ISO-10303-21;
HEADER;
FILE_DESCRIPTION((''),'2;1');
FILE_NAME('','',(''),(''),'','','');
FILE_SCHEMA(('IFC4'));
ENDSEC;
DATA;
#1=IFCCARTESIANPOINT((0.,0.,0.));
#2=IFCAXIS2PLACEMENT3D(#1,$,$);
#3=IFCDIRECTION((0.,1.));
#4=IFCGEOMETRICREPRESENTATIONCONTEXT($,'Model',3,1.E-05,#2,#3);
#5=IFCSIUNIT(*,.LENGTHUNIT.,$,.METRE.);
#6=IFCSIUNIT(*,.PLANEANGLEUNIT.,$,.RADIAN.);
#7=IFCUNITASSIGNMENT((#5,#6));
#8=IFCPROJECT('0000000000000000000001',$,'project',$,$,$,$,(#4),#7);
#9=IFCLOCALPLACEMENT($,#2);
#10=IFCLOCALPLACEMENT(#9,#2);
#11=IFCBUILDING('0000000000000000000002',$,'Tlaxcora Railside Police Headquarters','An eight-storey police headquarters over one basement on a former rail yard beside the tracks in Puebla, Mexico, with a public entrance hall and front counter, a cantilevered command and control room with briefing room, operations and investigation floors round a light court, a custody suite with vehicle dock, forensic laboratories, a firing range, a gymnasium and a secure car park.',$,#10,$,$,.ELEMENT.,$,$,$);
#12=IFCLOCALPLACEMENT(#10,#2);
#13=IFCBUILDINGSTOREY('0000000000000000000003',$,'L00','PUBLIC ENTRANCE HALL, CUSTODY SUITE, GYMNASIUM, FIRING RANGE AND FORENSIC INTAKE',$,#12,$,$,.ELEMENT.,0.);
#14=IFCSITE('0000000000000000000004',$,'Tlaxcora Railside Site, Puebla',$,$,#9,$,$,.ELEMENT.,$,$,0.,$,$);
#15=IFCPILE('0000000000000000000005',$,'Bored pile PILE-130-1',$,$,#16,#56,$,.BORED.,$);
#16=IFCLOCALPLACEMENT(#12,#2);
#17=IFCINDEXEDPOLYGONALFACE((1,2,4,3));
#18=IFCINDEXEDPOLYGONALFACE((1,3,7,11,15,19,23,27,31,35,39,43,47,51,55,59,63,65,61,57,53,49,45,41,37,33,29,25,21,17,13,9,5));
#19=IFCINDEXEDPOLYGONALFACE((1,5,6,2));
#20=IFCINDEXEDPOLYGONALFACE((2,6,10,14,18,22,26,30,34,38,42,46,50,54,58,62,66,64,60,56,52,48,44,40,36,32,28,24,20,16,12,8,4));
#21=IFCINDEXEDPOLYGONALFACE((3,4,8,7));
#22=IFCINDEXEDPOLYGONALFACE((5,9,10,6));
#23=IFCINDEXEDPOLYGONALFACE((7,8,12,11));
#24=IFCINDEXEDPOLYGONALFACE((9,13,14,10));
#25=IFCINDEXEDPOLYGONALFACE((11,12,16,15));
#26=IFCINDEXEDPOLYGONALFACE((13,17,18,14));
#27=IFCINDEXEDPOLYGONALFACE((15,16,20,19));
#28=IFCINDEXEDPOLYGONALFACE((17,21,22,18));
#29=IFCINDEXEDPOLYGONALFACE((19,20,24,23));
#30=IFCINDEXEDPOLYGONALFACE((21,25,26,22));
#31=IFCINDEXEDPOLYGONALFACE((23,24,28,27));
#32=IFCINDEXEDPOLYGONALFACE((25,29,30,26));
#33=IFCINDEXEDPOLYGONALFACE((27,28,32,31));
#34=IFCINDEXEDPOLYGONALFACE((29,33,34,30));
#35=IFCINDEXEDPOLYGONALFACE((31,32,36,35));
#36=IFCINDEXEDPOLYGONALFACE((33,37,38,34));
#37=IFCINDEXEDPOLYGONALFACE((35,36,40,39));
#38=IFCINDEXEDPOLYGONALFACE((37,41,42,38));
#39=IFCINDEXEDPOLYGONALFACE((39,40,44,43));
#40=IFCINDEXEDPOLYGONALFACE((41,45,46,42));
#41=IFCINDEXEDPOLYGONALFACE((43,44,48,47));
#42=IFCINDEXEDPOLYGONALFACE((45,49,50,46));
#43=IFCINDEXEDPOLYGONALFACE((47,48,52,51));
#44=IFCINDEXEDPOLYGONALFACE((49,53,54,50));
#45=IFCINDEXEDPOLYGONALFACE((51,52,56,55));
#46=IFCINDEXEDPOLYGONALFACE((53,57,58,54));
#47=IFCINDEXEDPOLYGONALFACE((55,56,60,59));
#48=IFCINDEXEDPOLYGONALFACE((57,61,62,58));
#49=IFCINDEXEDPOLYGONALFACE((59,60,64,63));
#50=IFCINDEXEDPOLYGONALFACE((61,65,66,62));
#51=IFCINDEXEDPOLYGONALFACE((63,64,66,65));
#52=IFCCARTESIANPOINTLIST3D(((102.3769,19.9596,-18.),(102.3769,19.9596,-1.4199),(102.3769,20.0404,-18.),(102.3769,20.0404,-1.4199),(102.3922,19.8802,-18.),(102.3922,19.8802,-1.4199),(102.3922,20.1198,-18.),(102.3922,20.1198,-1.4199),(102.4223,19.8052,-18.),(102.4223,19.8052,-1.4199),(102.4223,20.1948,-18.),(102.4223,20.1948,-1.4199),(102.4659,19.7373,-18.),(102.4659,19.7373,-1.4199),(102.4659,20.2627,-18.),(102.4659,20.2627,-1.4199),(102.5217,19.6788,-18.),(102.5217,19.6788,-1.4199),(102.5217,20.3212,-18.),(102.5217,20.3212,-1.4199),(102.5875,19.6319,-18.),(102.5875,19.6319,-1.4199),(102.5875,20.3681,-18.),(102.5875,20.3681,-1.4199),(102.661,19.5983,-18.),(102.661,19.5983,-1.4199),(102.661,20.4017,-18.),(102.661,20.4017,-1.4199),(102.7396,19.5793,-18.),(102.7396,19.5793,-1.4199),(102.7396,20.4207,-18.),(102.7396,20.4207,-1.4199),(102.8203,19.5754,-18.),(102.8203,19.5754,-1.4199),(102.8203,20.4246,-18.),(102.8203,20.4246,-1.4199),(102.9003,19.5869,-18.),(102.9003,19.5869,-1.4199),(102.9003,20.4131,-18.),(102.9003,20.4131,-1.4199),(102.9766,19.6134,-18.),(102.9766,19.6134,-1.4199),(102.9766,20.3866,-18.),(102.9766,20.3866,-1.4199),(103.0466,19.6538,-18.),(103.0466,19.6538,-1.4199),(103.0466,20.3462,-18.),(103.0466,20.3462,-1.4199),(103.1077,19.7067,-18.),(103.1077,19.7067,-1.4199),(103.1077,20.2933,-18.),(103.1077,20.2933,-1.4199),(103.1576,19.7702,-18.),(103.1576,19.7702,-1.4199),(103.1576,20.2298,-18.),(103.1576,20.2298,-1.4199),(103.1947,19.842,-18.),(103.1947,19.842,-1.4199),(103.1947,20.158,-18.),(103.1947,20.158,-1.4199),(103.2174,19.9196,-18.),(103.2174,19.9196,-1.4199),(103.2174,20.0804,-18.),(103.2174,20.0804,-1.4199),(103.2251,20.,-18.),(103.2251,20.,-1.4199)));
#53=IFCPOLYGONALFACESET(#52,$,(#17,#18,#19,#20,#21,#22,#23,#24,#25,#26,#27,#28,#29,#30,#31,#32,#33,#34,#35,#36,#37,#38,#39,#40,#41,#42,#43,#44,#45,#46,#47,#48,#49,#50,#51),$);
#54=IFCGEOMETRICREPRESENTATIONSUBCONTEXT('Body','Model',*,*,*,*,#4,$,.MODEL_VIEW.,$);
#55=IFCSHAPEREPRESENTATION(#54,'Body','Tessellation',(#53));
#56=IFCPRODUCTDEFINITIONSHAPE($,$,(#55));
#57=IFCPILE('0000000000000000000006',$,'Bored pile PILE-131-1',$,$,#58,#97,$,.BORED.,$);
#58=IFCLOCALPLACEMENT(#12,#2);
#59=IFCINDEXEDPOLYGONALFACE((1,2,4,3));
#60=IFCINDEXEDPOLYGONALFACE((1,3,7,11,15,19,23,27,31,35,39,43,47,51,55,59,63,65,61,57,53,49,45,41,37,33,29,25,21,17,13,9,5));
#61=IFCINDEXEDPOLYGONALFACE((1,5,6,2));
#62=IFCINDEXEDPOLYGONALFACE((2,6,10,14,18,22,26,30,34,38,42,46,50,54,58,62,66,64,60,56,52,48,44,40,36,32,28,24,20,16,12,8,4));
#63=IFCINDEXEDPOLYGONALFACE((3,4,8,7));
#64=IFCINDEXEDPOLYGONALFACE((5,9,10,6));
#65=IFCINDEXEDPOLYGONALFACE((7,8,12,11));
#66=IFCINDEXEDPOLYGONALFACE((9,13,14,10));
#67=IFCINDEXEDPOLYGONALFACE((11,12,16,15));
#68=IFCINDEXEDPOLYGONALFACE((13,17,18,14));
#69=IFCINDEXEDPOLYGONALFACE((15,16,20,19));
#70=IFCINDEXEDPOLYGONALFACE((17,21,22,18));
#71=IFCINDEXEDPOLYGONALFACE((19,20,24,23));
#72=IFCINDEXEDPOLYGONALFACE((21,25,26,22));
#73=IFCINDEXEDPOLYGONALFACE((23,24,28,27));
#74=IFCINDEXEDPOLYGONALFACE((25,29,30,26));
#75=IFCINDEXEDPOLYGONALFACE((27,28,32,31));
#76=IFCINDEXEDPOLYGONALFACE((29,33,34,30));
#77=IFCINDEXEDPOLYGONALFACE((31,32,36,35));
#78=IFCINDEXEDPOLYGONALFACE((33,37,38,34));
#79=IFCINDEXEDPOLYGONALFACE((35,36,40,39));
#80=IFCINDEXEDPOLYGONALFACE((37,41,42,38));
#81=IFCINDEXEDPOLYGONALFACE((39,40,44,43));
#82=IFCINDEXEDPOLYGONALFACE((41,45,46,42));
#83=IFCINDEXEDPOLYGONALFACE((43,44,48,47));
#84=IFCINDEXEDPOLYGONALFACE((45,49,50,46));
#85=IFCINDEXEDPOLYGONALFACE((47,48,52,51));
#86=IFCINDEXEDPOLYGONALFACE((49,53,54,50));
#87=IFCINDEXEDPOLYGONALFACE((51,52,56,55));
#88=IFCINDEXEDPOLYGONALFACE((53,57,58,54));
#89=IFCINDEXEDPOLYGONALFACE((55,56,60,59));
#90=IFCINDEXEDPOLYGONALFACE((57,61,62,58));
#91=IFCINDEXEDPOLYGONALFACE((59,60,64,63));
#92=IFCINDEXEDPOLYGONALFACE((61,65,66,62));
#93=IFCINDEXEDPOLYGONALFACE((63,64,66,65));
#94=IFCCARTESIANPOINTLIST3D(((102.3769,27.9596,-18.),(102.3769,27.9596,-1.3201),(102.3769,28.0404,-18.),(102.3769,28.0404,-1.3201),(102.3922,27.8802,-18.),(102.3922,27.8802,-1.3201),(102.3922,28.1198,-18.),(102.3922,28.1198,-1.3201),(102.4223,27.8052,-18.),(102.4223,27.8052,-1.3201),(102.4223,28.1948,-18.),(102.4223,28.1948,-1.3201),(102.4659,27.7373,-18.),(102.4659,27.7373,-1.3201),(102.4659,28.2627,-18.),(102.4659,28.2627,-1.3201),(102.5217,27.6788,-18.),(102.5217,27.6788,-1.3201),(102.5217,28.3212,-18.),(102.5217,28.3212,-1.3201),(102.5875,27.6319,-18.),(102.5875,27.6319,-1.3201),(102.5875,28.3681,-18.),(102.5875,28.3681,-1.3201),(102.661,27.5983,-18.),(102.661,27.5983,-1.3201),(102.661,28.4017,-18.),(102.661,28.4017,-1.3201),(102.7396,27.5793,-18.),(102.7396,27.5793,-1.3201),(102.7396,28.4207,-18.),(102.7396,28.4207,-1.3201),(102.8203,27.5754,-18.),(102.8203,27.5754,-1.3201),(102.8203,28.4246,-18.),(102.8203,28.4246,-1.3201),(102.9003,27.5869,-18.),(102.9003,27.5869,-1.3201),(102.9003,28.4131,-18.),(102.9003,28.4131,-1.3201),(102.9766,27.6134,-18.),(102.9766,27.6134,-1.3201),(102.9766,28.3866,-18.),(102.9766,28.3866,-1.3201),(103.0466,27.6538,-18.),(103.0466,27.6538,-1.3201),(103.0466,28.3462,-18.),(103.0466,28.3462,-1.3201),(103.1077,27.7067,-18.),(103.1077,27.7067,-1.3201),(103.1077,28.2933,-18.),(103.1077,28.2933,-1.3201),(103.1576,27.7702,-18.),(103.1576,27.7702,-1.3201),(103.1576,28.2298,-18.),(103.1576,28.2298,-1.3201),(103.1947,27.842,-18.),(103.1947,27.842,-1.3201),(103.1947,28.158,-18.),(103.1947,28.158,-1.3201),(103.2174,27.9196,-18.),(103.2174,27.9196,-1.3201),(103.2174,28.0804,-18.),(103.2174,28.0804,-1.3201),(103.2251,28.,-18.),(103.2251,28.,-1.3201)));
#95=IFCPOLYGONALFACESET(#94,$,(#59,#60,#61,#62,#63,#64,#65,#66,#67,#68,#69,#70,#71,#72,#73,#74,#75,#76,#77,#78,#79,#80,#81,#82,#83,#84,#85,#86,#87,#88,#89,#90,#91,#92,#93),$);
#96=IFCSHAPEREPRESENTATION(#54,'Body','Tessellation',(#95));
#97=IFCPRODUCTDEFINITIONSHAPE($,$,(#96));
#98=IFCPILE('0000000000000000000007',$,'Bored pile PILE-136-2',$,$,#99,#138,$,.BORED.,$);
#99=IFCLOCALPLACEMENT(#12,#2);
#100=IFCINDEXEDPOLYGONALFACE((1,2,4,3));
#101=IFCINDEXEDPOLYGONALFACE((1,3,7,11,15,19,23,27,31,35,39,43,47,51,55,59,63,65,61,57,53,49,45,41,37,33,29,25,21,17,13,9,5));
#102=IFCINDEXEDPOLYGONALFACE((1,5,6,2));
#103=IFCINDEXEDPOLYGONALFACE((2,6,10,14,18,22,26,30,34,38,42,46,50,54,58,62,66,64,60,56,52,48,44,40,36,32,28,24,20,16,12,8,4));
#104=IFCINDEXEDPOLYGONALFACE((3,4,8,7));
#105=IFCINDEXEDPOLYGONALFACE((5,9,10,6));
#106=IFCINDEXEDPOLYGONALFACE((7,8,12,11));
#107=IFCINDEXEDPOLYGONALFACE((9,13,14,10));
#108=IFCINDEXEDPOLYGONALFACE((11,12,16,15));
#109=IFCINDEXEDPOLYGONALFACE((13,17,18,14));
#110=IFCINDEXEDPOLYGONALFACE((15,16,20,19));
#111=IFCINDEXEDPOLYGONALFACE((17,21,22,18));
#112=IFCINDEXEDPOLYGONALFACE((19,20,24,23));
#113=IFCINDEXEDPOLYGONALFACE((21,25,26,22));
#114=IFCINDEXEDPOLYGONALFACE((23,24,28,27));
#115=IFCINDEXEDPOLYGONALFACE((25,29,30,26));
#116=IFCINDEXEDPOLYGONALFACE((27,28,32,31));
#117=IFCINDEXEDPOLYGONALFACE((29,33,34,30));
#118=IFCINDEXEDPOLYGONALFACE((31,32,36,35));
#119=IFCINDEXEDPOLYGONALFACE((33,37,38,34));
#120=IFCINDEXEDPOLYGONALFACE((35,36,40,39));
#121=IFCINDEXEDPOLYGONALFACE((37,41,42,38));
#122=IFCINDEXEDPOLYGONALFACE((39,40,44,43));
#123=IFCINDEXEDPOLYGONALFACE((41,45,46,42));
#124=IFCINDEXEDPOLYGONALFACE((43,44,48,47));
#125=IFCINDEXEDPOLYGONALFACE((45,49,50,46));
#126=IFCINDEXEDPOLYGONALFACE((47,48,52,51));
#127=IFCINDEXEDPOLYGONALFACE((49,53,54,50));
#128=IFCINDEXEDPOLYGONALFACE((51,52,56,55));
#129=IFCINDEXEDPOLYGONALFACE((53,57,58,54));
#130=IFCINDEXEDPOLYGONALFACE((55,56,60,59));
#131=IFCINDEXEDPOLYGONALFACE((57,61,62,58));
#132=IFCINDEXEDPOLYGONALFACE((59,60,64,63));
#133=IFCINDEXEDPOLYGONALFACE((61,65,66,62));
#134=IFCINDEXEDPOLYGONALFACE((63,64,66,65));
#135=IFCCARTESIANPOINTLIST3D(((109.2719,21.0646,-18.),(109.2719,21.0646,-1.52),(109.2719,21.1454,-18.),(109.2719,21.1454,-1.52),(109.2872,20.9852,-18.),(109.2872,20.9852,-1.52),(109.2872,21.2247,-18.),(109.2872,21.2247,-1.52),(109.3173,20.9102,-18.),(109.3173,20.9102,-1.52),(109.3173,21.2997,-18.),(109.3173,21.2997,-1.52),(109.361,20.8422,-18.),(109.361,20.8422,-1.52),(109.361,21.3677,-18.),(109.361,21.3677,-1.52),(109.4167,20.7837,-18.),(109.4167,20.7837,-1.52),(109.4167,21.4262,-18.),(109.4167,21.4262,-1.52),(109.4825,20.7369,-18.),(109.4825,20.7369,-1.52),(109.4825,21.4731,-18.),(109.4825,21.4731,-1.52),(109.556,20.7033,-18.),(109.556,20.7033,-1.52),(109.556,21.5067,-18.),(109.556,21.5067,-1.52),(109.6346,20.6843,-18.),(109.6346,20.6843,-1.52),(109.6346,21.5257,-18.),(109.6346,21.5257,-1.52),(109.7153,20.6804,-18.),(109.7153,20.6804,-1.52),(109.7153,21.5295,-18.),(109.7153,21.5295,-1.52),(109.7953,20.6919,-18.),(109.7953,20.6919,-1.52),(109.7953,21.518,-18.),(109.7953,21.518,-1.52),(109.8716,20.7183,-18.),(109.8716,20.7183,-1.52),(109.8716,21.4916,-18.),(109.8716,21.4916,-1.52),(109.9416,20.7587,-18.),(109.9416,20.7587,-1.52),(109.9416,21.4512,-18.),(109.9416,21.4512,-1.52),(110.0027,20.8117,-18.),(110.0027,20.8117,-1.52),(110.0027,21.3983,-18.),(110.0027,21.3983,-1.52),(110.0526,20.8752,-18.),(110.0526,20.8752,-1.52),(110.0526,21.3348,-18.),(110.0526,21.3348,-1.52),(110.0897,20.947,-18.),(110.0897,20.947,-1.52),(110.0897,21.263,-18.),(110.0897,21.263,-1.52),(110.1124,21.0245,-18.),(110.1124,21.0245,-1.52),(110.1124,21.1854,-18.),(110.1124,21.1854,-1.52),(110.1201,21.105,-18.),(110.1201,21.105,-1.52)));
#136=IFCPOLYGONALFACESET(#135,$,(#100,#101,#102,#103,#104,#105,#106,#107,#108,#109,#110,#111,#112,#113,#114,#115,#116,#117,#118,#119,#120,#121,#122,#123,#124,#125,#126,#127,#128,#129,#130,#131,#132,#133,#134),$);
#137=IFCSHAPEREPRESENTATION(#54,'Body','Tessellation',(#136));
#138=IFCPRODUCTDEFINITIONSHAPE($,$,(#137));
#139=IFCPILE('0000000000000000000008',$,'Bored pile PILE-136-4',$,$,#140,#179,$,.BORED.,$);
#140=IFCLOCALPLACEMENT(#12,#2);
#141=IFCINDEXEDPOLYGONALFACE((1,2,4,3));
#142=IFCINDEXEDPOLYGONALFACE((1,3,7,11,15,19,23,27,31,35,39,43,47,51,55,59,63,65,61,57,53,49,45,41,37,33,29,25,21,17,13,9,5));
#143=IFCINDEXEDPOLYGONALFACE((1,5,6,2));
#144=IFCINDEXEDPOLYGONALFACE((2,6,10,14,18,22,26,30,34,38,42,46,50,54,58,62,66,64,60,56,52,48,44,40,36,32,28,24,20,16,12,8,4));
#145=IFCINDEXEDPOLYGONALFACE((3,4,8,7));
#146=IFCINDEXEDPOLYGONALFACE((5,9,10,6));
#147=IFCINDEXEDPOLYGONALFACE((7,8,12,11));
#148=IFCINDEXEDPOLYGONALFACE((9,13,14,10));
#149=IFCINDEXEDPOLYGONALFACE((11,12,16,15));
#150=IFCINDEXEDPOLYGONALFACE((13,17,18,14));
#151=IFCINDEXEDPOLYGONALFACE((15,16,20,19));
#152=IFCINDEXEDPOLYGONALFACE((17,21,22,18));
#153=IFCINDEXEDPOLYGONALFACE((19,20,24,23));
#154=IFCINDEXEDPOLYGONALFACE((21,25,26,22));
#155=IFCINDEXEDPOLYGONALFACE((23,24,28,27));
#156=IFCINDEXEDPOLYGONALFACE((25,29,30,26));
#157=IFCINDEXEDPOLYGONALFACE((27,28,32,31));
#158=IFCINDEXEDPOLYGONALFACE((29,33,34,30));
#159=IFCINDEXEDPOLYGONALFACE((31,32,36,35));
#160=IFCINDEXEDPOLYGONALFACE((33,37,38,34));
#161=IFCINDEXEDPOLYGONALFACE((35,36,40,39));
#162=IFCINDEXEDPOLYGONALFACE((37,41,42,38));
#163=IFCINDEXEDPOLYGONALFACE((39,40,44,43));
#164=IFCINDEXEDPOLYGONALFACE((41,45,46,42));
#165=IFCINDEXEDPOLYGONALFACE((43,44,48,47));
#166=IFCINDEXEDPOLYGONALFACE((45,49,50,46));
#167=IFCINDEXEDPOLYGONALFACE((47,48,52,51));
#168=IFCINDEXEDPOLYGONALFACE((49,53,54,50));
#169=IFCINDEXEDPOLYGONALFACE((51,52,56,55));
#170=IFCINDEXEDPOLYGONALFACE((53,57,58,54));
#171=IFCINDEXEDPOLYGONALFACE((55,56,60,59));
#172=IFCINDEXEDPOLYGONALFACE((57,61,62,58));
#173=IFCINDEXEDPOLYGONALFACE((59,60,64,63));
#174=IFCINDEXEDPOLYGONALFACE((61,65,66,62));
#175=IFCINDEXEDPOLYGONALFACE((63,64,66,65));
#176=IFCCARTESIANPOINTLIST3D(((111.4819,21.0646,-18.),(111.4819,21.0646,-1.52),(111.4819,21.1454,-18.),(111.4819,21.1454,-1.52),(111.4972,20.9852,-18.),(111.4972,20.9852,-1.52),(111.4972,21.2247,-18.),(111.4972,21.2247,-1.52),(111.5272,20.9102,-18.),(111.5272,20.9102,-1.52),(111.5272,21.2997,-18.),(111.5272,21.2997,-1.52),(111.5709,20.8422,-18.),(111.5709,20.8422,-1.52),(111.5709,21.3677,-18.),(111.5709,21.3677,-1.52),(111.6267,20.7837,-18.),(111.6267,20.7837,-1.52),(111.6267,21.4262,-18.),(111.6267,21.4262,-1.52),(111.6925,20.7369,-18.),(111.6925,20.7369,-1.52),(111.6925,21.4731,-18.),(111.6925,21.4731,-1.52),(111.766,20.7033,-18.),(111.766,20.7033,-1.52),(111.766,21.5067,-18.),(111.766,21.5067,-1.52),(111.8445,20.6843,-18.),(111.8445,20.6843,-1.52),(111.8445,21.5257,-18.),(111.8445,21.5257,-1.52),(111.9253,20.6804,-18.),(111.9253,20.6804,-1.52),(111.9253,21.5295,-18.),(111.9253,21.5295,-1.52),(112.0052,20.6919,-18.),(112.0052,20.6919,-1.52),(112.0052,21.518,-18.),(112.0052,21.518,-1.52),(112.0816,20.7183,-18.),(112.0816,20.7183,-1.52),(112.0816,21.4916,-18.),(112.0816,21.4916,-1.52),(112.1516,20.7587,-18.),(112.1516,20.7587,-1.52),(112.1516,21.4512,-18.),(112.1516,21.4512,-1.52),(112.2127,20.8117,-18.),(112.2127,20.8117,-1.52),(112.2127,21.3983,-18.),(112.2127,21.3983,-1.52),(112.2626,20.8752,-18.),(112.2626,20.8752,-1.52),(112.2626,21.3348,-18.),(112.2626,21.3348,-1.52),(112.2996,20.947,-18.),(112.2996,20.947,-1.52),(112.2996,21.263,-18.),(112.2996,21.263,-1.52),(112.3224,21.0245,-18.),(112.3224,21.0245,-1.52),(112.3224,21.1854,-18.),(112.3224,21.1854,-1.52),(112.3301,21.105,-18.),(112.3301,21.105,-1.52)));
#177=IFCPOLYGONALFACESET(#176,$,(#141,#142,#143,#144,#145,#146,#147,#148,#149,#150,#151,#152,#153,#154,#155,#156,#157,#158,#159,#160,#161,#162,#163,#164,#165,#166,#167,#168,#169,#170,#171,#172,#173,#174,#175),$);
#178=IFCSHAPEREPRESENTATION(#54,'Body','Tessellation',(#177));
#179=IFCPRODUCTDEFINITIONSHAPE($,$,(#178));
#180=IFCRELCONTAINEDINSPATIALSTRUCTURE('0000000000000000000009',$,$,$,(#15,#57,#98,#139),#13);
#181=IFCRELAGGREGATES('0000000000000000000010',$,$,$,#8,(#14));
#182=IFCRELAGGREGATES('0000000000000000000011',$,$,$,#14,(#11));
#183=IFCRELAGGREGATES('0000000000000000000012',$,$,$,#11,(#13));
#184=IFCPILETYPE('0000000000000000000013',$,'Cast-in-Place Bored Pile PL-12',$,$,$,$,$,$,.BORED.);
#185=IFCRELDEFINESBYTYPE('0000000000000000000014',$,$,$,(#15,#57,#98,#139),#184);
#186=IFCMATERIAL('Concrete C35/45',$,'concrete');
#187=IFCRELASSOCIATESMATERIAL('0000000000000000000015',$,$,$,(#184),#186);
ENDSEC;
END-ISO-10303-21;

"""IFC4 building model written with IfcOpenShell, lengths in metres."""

from ifc_helpers import new_model, si_unit, direction, frame, origin, origin_2d, place, context, subcontext, project, spatial, circle, extrude, material, material_profile, profile_set, type_object, element, save


model = new_model("IFC4")

# Units and contexts
model_context = context("Model", 3, precision=1e-05, world=origin(), true_north=direction((0.0, 1.0)))
body_context = subcontext(model_context, "Body", "Model", "MODEL_VIEW")
ifc_project = project(units=[si_unit("LENGTHUNIT", "METRE"), si_unit("PLANEANGLEUNIT", "RADIAN")], contexts=[model_context])

# Site, building, storey
site_placement = place(None, origin())
site = spatial("IfcSite", under=ifc_project, at=site_placement, Name="Tlaxcora Railside Site, Puebla", CompositionType="ELEMENT", RefElevation=0.0)
building_placement = place(site_placement, origin())
building = spatial("IfcBuilding", under=site, at=building_placement, Name="Tlaxcora Railside Police Headquarters", Description="An eight-storey police headquarters over one basement on a former rail yard beside the tracks in Puebla, Mexico, with a public entrance hall and front counter, a cantilevered command and control room with briefing room, operations and investigation floors round a light court, a custody suite with vehicle dock, forensic laboratories, a firing range, a gymnasium and a secure car park.", CompositionType="ELEMENT")
storey_placement = place(building_placement, origin())
storey = spatial("IfcBuildingStorey", under=building, at=storey_placement, Name="L00", Description="PUBLIC ENTRANCE HALL, CUSTODY SUITE, GYMNASIUM, FIRING RANGE AND FORENSIC INTAKE", CompositionType="ELEMENT", Elevation=0.0)

# Piles
ifc_material_1 = material(Name="Concrete C35/45", Category="concrete")
ifc_material_profile_1 = material_profile(ifc_material_1, circle(Radius=0.425, at=origin_2d()), Name="PILE850")
ifc_profile_set_1 = profile_set([ifc_material_profile_1], Name="Concrete C35/45")
pile_type_1 = type_object("IfcPileType", Name="Cast-in-Place Bored Pile PL-12", PredefinedType="BORED", material=ifc_profile_set_1)
pile_1_placement = place(storey_placement, frame((102.8, 20.0, -1.4199), z_axis=(0.0, 0.0, -1.0), x_axis=(1.0, 0.0, 0.0)))
element("IfcPile", 1, at=pile_1_placement, inside=storey, type_object=pile_type_1, Name="Bored pile PILE-130-1", PredefinedType="BORED", context=body_context, shape_type="SweptSolid", body=[
    extrude(circle(Radius=0.425, at=origin_2d()), origin(), (0.0, 0.0, 1.0), 16.5801),
])
pile_2_placement = place(storey_placement, frame((102.8, 28.0, -1.3201), z_axis=(0.0, 0.0, -1.0), x_axis=(1.0, 0.0, 0.0)))
element("IfcPile", 2, at=pile_2_placement, inside=storey, type_object=pile_type_1, Name="Bored pile PILE-131-1", PredefinedType="BORED", context=body_context, shape_type="SweptSolid", body=[
    extrude(circle(Radius=0.425, at=origin_2d()), origin(), (0.0, 0.0, 1.0), 16.6799),
])
for number, where, z_axis, x_axis, name in (
    (3, (109.6951, 21.105, -1.52), (0.0, 0.0, -1.0), (1.0, 0.0, 0.0), "Bored pile PILE-136-2"),
    (4, (111.905, 21.105, -1.52), (0.0, 0.0, -1.0), (1.0, 0.0, 0.0), "Bored pile PILE-136-4"),
):
    element("IfcPile", number, at=place(storey_placement, frame(where, z_axis=z_axis, x_axis=x_axis)), inside=storey, type_object=pile_type_1, Name=name, PredefinedType="BORED", context=body_context, shape_type="SweptSolid", body=[
        extrude(circle(Radius=0.425, at=origin_2d()), origin(), (0.0, 0.0, 1.0), 16.48),
    ])

save(model, "model.ifc")
